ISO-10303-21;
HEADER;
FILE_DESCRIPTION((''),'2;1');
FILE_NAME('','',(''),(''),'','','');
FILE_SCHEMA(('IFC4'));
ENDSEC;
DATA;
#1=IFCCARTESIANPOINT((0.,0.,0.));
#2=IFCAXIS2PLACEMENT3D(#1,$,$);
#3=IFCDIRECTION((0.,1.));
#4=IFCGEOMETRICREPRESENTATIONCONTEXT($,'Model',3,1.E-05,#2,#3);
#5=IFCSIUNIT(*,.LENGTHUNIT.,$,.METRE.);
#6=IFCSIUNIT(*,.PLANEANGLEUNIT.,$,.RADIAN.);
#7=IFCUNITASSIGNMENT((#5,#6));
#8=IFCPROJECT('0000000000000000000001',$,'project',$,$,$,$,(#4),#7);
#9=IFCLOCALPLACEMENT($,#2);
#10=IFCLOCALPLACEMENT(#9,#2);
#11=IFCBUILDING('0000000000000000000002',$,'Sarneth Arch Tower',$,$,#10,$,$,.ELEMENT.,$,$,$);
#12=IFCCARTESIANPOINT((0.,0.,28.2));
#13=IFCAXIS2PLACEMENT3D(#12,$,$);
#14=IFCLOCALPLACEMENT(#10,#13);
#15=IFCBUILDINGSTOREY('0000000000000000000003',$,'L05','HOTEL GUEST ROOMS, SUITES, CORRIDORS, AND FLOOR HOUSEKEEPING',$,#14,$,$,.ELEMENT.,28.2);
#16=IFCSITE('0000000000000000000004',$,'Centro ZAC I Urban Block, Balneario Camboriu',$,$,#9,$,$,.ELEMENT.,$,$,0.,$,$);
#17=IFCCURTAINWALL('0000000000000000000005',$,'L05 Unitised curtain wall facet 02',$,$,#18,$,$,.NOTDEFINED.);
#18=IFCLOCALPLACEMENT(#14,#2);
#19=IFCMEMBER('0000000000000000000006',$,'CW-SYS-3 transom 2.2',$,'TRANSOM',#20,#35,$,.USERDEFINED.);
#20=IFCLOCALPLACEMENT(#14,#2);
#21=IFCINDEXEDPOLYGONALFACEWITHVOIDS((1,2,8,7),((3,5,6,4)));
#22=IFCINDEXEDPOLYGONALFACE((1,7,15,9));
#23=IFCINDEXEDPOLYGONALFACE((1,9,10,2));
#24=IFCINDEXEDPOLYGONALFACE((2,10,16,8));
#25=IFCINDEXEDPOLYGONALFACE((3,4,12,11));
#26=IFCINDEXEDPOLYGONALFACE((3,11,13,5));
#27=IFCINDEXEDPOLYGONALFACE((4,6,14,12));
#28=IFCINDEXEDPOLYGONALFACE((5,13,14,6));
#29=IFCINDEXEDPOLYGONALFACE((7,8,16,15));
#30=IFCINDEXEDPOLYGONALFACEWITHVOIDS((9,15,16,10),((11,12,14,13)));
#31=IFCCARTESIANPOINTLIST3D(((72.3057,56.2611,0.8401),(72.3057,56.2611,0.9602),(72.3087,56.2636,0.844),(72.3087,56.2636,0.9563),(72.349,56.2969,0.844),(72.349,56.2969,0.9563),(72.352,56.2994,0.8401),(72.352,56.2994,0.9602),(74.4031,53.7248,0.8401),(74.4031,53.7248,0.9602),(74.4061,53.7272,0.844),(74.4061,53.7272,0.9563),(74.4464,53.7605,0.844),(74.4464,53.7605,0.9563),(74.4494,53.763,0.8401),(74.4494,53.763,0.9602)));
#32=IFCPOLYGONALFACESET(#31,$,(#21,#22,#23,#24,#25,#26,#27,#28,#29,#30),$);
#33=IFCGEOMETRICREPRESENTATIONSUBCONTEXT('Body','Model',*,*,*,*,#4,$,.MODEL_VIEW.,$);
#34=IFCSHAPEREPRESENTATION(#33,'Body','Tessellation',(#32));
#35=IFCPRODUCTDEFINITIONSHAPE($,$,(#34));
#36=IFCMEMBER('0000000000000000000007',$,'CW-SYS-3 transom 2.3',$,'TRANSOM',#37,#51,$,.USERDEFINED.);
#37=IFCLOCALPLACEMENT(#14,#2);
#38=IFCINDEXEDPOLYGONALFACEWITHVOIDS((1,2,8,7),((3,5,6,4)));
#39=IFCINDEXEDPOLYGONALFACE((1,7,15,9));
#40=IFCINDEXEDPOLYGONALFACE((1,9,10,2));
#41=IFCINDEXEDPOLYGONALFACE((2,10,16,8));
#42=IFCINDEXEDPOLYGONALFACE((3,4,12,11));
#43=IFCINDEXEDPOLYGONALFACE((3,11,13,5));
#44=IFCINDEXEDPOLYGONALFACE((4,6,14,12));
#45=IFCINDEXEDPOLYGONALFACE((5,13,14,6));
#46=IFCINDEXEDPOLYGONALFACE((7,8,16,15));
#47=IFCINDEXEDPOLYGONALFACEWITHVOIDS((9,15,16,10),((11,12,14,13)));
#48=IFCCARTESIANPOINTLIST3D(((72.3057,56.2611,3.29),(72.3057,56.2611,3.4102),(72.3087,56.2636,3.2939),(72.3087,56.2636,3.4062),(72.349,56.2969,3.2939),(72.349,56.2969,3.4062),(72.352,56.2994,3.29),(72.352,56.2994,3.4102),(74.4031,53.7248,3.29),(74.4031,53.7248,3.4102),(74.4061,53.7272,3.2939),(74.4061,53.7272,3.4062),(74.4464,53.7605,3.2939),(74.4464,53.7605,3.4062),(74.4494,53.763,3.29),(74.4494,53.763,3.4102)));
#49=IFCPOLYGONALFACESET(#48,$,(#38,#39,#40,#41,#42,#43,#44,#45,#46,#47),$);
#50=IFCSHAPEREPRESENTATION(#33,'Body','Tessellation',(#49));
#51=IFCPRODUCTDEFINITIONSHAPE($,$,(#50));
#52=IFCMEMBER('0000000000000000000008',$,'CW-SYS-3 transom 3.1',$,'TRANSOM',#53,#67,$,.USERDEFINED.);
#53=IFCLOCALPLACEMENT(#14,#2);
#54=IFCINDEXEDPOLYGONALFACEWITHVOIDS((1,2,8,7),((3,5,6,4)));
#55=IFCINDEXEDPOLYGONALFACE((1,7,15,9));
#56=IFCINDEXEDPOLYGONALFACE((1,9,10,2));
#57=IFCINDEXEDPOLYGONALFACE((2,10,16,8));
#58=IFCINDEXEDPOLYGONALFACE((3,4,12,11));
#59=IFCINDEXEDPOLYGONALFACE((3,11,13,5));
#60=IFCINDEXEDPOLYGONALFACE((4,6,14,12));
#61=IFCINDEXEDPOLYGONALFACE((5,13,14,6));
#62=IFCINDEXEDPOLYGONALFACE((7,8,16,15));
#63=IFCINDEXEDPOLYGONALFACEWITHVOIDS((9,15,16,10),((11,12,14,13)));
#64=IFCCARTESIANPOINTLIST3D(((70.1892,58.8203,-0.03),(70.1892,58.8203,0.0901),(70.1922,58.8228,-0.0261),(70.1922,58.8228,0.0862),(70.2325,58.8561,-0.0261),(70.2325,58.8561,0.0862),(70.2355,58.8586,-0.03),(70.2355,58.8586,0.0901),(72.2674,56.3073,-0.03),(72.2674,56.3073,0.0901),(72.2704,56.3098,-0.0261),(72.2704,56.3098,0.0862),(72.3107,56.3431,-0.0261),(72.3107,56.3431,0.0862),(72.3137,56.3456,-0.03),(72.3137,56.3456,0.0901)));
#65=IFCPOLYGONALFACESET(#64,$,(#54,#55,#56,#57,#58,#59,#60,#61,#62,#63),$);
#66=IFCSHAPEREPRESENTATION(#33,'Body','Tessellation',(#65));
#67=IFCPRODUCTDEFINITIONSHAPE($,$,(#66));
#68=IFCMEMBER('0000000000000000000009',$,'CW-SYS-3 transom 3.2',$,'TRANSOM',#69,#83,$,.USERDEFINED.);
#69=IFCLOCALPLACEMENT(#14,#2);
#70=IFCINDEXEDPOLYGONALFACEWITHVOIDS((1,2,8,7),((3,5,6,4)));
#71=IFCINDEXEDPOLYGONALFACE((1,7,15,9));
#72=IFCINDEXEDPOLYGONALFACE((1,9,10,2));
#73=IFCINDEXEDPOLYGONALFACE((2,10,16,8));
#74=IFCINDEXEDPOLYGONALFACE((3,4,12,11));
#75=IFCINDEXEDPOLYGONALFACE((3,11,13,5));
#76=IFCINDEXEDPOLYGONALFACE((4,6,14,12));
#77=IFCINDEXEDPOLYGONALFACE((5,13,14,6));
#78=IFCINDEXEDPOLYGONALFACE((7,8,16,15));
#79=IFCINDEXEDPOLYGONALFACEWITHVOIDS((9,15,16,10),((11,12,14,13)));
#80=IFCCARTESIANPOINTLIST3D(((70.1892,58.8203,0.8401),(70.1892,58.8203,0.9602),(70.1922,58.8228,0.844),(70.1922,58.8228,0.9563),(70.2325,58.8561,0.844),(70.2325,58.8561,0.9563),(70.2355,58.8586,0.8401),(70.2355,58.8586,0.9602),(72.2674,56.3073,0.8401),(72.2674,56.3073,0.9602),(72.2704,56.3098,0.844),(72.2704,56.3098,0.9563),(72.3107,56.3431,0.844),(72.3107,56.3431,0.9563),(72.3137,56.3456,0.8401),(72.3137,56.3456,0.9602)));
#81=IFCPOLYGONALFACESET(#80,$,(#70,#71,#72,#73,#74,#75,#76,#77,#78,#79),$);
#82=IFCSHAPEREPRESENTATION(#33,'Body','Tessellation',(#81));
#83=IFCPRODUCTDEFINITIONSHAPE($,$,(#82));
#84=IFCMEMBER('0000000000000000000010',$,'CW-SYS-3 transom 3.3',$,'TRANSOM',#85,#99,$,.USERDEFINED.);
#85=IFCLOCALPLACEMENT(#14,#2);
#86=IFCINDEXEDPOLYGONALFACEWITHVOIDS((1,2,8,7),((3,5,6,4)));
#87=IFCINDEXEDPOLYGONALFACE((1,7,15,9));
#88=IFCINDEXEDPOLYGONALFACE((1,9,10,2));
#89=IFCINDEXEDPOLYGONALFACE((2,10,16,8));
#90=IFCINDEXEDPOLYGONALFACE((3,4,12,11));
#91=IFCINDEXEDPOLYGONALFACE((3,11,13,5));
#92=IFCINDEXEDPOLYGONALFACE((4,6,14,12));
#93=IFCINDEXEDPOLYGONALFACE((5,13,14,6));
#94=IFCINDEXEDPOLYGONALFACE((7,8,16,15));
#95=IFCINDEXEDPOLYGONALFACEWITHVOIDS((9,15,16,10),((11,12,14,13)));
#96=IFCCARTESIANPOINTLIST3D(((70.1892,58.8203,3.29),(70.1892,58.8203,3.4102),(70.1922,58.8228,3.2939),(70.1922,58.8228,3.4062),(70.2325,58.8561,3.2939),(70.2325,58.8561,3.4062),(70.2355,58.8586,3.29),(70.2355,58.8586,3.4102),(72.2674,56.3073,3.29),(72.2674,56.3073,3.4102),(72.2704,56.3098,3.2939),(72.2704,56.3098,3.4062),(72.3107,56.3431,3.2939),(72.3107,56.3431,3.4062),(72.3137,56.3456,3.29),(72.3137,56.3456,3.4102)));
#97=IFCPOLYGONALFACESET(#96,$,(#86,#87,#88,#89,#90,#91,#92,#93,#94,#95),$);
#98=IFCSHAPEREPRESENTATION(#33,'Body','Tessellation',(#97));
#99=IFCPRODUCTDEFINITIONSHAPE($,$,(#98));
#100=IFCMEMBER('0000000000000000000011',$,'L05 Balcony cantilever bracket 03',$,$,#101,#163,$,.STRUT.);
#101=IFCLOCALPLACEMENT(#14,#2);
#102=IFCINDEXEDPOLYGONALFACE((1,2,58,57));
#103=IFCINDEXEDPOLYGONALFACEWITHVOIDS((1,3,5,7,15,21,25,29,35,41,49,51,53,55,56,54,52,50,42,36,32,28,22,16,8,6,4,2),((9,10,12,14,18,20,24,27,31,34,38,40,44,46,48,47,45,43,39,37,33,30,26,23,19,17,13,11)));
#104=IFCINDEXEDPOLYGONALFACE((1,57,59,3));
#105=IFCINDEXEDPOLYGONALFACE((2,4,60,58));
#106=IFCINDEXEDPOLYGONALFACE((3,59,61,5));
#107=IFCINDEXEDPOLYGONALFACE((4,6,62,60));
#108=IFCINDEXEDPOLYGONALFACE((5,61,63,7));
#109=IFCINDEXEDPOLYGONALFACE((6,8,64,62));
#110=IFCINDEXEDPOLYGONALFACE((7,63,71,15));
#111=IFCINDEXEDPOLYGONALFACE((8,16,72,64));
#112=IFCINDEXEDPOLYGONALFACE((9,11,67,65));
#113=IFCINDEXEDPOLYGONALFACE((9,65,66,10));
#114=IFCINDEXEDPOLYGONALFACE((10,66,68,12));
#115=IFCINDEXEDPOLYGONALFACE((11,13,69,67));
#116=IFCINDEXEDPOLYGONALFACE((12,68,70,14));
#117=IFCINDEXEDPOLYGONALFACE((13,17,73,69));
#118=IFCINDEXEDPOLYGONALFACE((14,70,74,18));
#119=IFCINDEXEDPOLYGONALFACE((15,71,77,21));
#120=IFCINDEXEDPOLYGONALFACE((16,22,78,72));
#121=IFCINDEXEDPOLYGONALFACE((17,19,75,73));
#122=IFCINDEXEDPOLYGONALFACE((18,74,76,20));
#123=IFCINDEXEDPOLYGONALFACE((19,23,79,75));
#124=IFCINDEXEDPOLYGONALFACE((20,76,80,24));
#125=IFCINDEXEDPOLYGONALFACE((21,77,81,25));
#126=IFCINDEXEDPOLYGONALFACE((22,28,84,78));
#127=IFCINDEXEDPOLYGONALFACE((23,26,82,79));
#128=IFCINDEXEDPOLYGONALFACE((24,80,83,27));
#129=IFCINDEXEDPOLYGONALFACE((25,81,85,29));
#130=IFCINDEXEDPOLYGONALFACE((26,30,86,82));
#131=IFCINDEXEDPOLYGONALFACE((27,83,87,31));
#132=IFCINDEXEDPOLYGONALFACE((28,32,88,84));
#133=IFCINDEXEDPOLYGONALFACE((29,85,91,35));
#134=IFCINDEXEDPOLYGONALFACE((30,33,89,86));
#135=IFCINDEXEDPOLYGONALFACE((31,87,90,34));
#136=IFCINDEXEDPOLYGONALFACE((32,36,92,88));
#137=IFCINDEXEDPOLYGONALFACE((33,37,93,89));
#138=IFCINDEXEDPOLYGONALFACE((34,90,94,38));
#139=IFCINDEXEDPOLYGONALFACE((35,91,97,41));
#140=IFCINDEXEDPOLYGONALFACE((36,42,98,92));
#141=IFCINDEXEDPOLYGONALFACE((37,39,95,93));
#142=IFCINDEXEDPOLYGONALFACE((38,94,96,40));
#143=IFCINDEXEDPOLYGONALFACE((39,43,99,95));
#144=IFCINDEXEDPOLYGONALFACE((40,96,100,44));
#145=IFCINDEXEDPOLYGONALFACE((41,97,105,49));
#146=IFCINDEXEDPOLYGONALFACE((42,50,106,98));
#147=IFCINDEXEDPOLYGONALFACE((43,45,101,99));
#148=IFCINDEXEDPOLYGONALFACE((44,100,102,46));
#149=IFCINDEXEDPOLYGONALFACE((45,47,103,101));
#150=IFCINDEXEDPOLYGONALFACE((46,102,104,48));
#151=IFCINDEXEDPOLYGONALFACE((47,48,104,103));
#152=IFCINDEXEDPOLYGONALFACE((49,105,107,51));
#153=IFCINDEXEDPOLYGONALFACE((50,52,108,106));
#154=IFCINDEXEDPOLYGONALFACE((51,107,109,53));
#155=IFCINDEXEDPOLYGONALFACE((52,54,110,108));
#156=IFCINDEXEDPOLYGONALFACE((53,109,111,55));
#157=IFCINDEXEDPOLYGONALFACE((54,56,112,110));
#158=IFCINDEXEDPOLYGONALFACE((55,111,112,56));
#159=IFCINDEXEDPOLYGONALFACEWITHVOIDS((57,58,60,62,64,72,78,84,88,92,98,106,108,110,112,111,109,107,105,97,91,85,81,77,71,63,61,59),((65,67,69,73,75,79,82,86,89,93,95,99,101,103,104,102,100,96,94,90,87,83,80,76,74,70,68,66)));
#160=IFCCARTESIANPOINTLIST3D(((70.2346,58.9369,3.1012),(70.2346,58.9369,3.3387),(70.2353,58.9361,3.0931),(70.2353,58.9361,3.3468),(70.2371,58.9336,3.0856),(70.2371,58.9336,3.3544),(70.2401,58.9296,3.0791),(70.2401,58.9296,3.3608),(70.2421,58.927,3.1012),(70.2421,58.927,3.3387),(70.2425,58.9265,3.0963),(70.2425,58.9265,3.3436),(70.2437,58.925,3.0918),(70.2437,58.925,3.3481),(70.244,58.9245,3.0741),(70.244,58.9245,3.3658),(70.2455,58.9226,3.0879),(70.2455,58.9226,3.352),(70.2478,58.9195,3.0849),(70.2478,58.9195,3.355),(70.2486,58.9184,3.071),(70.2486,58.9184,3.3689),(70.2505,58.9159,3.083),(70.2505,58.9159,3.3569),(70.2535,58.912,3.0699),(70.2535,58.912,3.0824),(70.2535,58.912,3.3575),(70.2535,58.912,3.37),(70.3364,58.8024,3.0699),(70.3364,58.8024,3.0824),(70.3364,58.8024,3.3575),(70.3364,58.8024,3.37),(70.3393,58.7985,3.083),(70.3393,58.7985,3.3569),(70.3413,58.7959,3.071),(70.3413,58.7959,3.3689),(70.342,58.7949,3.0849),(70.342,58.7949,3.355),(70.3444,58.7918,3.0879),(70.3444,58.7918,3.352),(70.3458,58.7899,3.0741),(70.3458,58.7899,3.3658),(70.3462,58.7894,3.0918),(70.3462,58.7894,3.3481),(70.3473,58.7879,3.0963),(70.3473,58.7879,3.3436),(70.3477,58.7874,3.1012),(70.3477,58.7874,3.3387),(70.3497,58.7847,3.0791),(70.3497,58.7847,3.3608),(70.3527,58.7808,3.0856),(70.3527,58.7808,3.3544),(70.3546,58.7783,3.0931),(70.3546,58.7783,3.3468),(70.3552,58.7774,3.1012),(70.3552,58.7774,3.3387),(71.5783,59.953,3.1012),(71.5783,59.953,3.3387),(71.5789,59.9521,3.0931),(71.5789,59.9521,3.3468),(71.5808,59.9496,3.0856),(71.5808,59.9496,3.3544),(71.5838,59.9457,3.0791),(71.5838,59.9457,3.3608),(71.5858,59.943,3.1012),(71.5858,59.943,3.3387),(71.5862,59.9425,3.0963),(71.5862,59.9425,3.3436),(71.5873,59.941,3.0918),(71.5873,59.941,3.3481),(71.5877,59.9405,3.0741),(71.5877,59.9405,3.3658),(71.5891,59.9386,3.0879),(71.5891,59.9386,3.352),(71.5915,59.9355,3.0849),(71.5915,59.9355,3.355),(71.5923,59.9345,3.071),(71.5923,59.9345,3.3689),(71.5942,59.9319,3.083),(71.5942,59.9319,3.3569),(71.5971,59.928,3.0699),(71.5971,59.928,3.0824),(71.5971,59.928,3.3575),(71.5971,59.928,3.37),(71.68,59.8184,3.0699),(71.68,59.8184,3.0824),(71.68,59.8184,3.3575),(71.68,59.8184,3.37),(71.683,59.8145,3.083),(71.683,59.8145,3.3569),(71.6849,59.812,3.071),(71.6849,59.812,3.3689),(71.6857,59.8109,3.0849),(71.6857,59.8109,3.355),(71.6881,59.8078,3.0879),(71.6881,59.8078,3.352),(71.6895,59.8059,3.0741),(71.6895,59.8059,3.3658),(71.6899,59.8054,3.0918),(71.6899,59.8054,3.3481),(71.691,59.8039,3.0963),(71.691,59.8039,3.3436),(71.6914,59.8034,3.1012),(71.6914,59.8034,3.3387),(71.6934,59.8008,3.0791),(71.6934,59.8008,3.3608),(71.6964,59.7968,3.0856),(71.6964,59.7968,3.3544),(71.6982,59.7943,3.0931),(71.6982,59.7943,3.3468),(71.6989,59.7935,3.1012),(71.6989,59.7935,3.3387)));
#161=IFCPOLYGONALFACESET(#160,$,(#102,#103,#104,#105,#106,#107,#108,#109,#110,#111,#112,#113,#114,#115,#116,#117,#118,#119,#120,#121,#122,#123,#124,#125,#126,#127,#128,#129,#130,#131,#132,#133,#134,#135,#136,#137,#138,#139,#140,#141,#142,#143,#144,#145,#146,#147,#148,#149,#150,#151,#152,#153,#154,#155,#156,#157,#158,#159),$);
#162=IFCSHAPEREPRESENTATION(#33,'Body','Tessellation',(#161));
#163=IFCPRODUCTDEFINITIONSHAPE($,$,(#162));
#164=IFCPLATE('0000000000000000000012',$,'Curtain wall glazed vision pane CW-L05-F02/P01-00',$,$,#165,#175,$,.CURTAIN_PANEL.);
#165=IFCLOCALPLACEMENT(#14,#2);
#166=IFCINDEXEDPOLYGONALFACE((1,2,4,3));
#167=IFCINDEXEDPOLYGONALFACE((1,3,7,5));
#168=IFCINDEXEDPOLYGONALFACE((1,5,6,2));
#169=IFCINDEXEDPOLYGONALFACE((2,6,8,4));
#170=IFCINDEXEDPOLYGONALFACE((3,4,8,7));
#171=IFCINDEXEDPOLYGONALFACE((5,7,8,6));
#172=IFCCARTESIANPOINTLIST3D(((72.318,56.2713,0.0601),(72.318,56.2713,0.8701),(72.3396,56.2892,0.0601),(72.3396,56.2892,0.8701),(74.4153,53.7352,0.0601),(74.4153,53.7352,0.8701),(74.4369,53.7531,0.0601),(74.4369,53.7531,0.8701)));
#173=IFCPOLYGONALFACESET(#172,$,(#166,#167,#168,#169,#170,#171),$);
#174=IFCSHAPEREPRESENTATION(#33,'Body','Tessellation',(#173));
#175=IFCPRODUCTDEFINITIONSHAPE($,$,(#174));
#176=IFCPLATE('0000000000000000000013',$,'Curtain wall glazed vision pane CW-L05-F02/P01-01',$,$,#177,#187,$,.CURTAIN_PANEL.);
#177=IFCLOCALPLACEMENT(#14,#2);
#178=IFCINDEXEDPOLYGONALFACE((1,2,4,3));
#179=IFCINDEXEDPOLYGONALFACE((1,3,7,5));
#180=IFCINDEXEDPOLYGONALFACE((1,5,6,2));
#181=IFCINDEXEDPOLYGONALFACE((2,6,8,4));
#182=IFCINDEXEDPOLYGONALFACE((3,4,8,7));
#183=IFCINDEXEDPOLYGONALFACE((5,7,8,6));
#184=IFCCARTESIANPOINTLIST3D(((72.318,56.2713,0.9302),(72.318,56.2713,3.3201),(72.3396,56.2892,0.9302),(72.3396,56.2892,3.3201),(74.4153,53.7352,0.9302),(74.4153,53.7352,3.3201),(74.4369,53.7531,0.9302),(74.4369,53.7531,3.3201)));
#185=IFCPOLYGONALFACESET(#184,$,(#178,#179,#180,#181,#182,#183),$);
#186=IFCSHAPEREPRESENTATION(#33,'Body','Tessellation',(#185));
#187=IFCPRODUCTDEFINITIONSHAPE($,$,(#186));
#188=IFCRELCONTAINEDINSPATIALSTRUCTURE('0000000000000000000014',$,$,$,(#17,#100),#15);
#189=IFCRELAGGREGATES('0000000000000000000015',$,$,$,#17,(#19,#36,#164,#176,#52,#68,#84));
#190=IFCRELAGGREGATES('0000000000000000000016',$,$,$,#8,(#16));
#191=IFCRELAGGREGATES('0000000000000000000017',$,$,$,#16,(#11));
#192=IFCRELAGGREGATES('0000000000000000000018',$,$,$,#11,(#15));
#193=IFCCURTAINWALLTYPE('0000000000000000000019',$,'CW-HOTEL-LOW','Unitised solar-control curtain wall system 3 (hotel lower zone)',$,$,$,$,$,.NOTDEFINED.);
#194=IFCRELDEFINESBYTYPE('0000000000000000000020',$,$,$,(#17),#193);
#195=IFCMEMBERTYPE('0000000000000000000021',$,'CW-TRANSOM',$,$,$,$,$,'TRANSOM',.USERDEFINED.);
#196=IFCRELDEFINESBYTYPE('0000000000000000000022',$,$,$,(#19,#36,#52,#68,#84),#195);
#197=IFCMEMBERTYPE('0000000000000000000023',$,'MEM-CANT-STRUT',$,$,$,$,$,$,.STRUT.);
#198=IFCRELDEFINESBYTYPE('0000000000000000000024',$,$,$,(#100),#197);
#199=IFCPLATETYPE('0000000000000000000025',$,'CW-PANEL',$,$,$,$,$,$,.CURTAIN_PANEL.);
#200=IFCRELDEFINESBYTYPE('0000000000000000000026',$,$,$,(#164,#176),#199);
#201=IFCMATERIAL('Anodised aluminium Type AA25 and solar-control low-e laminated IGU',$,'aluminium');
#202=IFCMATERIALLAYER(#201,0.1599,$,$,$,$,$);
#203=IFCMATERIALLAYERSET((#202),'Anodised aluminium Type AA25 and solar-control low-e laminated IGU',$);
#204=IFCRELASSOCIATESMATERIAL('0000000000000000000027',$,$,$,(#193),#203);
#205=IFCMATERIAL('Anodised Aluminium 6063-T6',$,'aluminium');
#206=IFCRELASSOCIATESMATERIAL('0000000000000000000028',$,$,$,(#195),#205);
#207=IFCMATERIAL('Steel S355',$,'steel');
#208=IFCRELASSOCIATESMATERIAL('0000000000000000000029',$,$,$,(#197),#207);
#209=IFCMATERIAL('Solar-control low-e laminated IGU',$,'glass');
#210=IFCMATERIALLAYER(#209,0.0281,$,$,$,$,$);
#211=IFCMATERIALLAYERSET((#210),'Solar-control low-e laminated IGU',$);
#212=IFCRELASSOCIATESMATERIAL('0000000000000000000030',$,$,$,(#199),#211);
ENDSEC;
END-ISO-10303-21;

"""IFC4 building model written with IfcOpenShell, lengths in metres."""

from ifc_helpers import new_model, si_unit, direction, frame, origin, origin_2d, place, context, subcontext, project, spatial, rectangle, hollow_rectangle, extrude, material, layer, layer_set, material_profile, profile_set, type_object, element, aggregate, save


model = new_model("IFC4")

# Units and contexts
model_context = context("Model", 3, precision=1e-05, world=origin(), true_north=direction((0.0, 1.0)))
body_context = subcontext(model_context, "Body", "Model", "MODEL_VIEW")
ifc_project = project(units=[si_unit("LENGTHUNIT", "METRE"), si_unit("PLANEANGLEUNIT", "RADIAN")], contexts=[model_context])

# Site, building, storey
site_placement = place(None, origin())
site = spatial("IfcSite", under=ifc_project, at=site_placement, Name="Centro ZAC I Urban Block, Balneario Camboriu", CompositionType="ELEMENT", RefElevation=0.0)
building_placement = place(site_placement, origin())
building = spatial("IfcBuilding", under=site, at=building_placement, Name="Sarneth Arch Tower", CompositionType="ELEMENT")
storey_placement = place(building_placement, frame((0.0, 0.0, 28.2)))
storey = spatial("IfcBuildingStorey", under=building, at=storey_placement, Name="L05", Description="HOTEL GUEST ROOMS, SUITES, CORRIDORS, AND FLOOR HOUSEKEEPING", CompositionType="ELEMENT", Elevation=28.2)

# Curtain wall, members
ifc_material_1 = material(Name="Anodised aluminium Type AA25 and solar-control low-e laminated IGU", Category="aluminium")
ifc_layer_1 = layer(ifc_material_1, 0.1599)
ifc_layer_set_1 = layer_set([ifc_layer_1], Name="Anodised aluminium Type AA25 and solar-control low-e laminated IGU")
curtain_wall_type = type_object("IfcCurtainWallType", Name="CW-HOTEL-LOW", Description="Unitised solar-control curtain wall system 3 (hotel lower zone)", PredefinedType="NOTDEFINED", material=ifc_layer_set_1)
curtain_wall_placement = place(storey_placement, origin())
curtain_wall = element("IfcCurtainWall", 1, at=curtain_wall_placement, inside=storey, type_object=curtain_wall_type, Name="L05 Unitised curtain wall facet 02", PredefinedType="NOTDEFINED")
ifc_material_2 = material(Name="Anodised Aluminium 6063-T6", Category="aluminium")
ifc_material_profile_1 = material_profile(ifc_material_2, hollow_rectangle(XDim=0.0601, YDim=0.1201, WallThickness=0.0039, at=origin_2d()), Name="AL-TRAN-120x60x4")
ifc_profile_set_1 = profile_set([ifc_material_profile_1], Name="Anodised Aluminium 6063-T6")
member_type_1 = type_object("IfcMemberType", Name="CW-TRANSOM", ElementType="TRANSOM", PredefinedType="USERDEFINED", material=ifc_profile_set_1)
member_1_placement = place(storey_placement, frame((74.4263, 53.7439, 0.9001), z_axis=(-0.637269, 0.770642, 0.0), x_axis=(-0.770642, -0.637269, 0.0)))
member_1 = element("IfcMember", 2, at=member_1_placement, type_object=member_type_1, Name="CW-SYS-3 transom 2.2", ObjectType="TRANSOM", PredefinedType="USERDEFINED", context=body_context, shape_type="SweptSolid", body=[
    extrude(hollow_rectangle(XDim=0.0601, YDim=0.1201, WallThickness=0.0039, at=origin_2d()), origin(), (0.0, 0.0, 1.0), 3.2913),
])
member_2_placement = place(storey_placement, frame((74.4263, 53.7439, 3.3501), z_axis=(-0.637269, 0.770642, 0.0), x_axis=(-0.770642, -0.637269, 0.0)))
member_2 = element("IfcMember", 3, at=member_2_placement, type_object=member_type_1, Name="CW-SYS-3 transom 2.3", ObjectType="TRANSOM", PredefinedType="USERDEFINED", context=body_context, shape_type="SweptSolid", body=[
    extrude(hollow_rectangle(XDim=0.0601, YDim=0.1201, WallThickness=0.0039, at=origin_2d()), origin(), (0.0, 0.0, 1.0), 3.2913),
])
member_3_placement = place(storey_placement, frame((72.2905, 56.3264, 0.03), z_axis=(-0.637286, 0.770628, 0.0), x_axis=(-0.770628, -0.637286, 0.0)))
member_3 = element("IfcMember", 4, at=member_3_placement, type_object=member_type_1, Name="CW-SYS-3 transom 3.1", ObjectType="TRANSOM", PredefinedType="USERDEFINED", context=body_context, shape_type="SweptSolid", body=[
    extrude(hollow_rectangle(XDim=0.0601, YDim=0.1201, WallThickness=0.0039, at=origin_2d()), origin(), (0.0, 0.0, 1.0), 3.261),
])
member_4_placement = place(storey_placement, frame((72.2905, 56.3264, 0.9001), z_axis=(-0.637286, 0.770628, 0.0), x_axis=(-0.770628, -0.637286, 0.0)))
member_4 = element("IfcMember", 5, at=member_4_placement, type_object=member_type_1, Name="CW-SYS-3 transom 3.2", ObjectType="TRANSOM", PredefinedType="USERDEFINED", context=body_context, shape_type="SweptSolid", body=[
    extrude(hollow_rectangle(XDim=0.0601, YDim=0.1201, WallThickness=0.0039, at=origin_2d()), origin(), (0.0, 0.0, 1.0), 3.261),
])
member_5_placement = place(storey_placement, frame((72.2905, 56.3264, 3.3501), z_axis=(-0.637286, 0.770628, 0.0), x_axis=(-0.770628, -0.637286, 0.0)))
member_5 = element("IfcMember", 6, at=member_5_placement, type_object=member_type_1, Name="CW-SYS-3 transom 3.3", ObjectType="TRANSOM", PredefinedType="USERDEFINED", context=body_context, shape_type="SweptSolid", body=[
    extrude(hollow_rectangle(XDim=0.0601, YDim=0.1201, WallThickness=0.0039, at=origin_2d()), origin(), (0.0, 0.0, 1.0), 3.261),
])

# Member
ifc_material_3 = material(Name="Steel S355", Category="steel")
ifc_material_profile_2 = material_profile(ifc_material_3, hollow_rectangle(XDim=0.2, YDim=0.3, WallThickness=0.0125, InnerFilletRadius=0.0188, OuterFilletRadius=0.0312, at=origin_2d()), Name="RHS300x200x12.5")
ifc_profile_set_2 = profile_set([ifc_material_profile_2], Name="Steel S355")
member_type_2 = type_object("IfcMemberType", Name="MEM-CANT-STRUT", PredefinedType="STRUT", material=ifc_profile_set_2)
member_6_placement = place(storey_placement, frame((70.2949, 58.8572, 3.22), z_axis=(0.797629, 0.603149, 0.0), x_axis=(-0.603149, 0.797629, 0.0)))
element("IfcMember", 7, at=member_6_placement, inside=storey, type_object=member_type_2, Name="L05 Balcony cantilever bracket 03", PredefinedType="STRUT", context=body_context, shape_type="SweptSolid", body=[
    extrude(hollow_rectangle(XDim=0.2, YDim=0.3, WallThickness=0.0125, InnerFilletRadius=0.0188, OuterFilletRadius=0.0312, at=origin_2d()), origin(), (0.0, 0.0, 1.0), 1.6846),
])

# Plates
ifc_material_4 = material(Name="Solar-control low-e laminated IGU", Category="glass")
ifc_layer_2 = layer(ifc_material_4, 0.0281)
ifc_layer_set_2 = layer_set([ifc_layer_2], Name="Solar-control low-e laminated IGU")
plate_type_1 = type_object("IfcPlateType", Name="CW-PANEL", PredefinedType="CURTAIN_PANEL", material=ifc_layer_set_2)
plate_1_placement = place(storey_placement, frame((73.3774, 55.0122, 0.0601), z_axis=(0.0, 0.0, 1.0), x_axis=(-0.637291, 0.770623, 0.0)))
plate_1 = element("IfcPlate", 8, at=plate_1_placement, type_object=plate_type_1, Name="Curtain wall glazed vision pane CW-L05-F02/P01-00", PredefinedType="CURTAIN_PANEL", context=body_context, shape_type="SweptSolid", body=[
    extrude(rectangle(XDim=3.291, YDim=0.0281, at=origin_2d()), origin(), (0.0, 0.0, 1.0), 0.8101),
])
plate_2_placement = place(storey_placement, frame((73.3774, 55.0122, 0.9302), z_axis=(0.0, 0.0, 1.0), x_axis=(-0.637291, 0.770623, 0.0)))
plate_2 = element("IfcPlate", 9, at=plate_2_placement, type_object=plate_type_1, Name="Curtain wall glazed vision pane CW-L05-F02/P01-01", PredefinedType="CURTAIN_PANEL", context=body_context, shape_type="SweptSolid", body=[
    extrude(rectangle(XDim=3.291, YDim=0.0281, at=origin_2d()), origin(), (0.0, 0.0, 1.0), 2.3899),
])
aggregate(curtain_wall, [member_1, member_2, plate_1, plate_2, member_3, member_4, member_5])

save(model, "model.ifc")
